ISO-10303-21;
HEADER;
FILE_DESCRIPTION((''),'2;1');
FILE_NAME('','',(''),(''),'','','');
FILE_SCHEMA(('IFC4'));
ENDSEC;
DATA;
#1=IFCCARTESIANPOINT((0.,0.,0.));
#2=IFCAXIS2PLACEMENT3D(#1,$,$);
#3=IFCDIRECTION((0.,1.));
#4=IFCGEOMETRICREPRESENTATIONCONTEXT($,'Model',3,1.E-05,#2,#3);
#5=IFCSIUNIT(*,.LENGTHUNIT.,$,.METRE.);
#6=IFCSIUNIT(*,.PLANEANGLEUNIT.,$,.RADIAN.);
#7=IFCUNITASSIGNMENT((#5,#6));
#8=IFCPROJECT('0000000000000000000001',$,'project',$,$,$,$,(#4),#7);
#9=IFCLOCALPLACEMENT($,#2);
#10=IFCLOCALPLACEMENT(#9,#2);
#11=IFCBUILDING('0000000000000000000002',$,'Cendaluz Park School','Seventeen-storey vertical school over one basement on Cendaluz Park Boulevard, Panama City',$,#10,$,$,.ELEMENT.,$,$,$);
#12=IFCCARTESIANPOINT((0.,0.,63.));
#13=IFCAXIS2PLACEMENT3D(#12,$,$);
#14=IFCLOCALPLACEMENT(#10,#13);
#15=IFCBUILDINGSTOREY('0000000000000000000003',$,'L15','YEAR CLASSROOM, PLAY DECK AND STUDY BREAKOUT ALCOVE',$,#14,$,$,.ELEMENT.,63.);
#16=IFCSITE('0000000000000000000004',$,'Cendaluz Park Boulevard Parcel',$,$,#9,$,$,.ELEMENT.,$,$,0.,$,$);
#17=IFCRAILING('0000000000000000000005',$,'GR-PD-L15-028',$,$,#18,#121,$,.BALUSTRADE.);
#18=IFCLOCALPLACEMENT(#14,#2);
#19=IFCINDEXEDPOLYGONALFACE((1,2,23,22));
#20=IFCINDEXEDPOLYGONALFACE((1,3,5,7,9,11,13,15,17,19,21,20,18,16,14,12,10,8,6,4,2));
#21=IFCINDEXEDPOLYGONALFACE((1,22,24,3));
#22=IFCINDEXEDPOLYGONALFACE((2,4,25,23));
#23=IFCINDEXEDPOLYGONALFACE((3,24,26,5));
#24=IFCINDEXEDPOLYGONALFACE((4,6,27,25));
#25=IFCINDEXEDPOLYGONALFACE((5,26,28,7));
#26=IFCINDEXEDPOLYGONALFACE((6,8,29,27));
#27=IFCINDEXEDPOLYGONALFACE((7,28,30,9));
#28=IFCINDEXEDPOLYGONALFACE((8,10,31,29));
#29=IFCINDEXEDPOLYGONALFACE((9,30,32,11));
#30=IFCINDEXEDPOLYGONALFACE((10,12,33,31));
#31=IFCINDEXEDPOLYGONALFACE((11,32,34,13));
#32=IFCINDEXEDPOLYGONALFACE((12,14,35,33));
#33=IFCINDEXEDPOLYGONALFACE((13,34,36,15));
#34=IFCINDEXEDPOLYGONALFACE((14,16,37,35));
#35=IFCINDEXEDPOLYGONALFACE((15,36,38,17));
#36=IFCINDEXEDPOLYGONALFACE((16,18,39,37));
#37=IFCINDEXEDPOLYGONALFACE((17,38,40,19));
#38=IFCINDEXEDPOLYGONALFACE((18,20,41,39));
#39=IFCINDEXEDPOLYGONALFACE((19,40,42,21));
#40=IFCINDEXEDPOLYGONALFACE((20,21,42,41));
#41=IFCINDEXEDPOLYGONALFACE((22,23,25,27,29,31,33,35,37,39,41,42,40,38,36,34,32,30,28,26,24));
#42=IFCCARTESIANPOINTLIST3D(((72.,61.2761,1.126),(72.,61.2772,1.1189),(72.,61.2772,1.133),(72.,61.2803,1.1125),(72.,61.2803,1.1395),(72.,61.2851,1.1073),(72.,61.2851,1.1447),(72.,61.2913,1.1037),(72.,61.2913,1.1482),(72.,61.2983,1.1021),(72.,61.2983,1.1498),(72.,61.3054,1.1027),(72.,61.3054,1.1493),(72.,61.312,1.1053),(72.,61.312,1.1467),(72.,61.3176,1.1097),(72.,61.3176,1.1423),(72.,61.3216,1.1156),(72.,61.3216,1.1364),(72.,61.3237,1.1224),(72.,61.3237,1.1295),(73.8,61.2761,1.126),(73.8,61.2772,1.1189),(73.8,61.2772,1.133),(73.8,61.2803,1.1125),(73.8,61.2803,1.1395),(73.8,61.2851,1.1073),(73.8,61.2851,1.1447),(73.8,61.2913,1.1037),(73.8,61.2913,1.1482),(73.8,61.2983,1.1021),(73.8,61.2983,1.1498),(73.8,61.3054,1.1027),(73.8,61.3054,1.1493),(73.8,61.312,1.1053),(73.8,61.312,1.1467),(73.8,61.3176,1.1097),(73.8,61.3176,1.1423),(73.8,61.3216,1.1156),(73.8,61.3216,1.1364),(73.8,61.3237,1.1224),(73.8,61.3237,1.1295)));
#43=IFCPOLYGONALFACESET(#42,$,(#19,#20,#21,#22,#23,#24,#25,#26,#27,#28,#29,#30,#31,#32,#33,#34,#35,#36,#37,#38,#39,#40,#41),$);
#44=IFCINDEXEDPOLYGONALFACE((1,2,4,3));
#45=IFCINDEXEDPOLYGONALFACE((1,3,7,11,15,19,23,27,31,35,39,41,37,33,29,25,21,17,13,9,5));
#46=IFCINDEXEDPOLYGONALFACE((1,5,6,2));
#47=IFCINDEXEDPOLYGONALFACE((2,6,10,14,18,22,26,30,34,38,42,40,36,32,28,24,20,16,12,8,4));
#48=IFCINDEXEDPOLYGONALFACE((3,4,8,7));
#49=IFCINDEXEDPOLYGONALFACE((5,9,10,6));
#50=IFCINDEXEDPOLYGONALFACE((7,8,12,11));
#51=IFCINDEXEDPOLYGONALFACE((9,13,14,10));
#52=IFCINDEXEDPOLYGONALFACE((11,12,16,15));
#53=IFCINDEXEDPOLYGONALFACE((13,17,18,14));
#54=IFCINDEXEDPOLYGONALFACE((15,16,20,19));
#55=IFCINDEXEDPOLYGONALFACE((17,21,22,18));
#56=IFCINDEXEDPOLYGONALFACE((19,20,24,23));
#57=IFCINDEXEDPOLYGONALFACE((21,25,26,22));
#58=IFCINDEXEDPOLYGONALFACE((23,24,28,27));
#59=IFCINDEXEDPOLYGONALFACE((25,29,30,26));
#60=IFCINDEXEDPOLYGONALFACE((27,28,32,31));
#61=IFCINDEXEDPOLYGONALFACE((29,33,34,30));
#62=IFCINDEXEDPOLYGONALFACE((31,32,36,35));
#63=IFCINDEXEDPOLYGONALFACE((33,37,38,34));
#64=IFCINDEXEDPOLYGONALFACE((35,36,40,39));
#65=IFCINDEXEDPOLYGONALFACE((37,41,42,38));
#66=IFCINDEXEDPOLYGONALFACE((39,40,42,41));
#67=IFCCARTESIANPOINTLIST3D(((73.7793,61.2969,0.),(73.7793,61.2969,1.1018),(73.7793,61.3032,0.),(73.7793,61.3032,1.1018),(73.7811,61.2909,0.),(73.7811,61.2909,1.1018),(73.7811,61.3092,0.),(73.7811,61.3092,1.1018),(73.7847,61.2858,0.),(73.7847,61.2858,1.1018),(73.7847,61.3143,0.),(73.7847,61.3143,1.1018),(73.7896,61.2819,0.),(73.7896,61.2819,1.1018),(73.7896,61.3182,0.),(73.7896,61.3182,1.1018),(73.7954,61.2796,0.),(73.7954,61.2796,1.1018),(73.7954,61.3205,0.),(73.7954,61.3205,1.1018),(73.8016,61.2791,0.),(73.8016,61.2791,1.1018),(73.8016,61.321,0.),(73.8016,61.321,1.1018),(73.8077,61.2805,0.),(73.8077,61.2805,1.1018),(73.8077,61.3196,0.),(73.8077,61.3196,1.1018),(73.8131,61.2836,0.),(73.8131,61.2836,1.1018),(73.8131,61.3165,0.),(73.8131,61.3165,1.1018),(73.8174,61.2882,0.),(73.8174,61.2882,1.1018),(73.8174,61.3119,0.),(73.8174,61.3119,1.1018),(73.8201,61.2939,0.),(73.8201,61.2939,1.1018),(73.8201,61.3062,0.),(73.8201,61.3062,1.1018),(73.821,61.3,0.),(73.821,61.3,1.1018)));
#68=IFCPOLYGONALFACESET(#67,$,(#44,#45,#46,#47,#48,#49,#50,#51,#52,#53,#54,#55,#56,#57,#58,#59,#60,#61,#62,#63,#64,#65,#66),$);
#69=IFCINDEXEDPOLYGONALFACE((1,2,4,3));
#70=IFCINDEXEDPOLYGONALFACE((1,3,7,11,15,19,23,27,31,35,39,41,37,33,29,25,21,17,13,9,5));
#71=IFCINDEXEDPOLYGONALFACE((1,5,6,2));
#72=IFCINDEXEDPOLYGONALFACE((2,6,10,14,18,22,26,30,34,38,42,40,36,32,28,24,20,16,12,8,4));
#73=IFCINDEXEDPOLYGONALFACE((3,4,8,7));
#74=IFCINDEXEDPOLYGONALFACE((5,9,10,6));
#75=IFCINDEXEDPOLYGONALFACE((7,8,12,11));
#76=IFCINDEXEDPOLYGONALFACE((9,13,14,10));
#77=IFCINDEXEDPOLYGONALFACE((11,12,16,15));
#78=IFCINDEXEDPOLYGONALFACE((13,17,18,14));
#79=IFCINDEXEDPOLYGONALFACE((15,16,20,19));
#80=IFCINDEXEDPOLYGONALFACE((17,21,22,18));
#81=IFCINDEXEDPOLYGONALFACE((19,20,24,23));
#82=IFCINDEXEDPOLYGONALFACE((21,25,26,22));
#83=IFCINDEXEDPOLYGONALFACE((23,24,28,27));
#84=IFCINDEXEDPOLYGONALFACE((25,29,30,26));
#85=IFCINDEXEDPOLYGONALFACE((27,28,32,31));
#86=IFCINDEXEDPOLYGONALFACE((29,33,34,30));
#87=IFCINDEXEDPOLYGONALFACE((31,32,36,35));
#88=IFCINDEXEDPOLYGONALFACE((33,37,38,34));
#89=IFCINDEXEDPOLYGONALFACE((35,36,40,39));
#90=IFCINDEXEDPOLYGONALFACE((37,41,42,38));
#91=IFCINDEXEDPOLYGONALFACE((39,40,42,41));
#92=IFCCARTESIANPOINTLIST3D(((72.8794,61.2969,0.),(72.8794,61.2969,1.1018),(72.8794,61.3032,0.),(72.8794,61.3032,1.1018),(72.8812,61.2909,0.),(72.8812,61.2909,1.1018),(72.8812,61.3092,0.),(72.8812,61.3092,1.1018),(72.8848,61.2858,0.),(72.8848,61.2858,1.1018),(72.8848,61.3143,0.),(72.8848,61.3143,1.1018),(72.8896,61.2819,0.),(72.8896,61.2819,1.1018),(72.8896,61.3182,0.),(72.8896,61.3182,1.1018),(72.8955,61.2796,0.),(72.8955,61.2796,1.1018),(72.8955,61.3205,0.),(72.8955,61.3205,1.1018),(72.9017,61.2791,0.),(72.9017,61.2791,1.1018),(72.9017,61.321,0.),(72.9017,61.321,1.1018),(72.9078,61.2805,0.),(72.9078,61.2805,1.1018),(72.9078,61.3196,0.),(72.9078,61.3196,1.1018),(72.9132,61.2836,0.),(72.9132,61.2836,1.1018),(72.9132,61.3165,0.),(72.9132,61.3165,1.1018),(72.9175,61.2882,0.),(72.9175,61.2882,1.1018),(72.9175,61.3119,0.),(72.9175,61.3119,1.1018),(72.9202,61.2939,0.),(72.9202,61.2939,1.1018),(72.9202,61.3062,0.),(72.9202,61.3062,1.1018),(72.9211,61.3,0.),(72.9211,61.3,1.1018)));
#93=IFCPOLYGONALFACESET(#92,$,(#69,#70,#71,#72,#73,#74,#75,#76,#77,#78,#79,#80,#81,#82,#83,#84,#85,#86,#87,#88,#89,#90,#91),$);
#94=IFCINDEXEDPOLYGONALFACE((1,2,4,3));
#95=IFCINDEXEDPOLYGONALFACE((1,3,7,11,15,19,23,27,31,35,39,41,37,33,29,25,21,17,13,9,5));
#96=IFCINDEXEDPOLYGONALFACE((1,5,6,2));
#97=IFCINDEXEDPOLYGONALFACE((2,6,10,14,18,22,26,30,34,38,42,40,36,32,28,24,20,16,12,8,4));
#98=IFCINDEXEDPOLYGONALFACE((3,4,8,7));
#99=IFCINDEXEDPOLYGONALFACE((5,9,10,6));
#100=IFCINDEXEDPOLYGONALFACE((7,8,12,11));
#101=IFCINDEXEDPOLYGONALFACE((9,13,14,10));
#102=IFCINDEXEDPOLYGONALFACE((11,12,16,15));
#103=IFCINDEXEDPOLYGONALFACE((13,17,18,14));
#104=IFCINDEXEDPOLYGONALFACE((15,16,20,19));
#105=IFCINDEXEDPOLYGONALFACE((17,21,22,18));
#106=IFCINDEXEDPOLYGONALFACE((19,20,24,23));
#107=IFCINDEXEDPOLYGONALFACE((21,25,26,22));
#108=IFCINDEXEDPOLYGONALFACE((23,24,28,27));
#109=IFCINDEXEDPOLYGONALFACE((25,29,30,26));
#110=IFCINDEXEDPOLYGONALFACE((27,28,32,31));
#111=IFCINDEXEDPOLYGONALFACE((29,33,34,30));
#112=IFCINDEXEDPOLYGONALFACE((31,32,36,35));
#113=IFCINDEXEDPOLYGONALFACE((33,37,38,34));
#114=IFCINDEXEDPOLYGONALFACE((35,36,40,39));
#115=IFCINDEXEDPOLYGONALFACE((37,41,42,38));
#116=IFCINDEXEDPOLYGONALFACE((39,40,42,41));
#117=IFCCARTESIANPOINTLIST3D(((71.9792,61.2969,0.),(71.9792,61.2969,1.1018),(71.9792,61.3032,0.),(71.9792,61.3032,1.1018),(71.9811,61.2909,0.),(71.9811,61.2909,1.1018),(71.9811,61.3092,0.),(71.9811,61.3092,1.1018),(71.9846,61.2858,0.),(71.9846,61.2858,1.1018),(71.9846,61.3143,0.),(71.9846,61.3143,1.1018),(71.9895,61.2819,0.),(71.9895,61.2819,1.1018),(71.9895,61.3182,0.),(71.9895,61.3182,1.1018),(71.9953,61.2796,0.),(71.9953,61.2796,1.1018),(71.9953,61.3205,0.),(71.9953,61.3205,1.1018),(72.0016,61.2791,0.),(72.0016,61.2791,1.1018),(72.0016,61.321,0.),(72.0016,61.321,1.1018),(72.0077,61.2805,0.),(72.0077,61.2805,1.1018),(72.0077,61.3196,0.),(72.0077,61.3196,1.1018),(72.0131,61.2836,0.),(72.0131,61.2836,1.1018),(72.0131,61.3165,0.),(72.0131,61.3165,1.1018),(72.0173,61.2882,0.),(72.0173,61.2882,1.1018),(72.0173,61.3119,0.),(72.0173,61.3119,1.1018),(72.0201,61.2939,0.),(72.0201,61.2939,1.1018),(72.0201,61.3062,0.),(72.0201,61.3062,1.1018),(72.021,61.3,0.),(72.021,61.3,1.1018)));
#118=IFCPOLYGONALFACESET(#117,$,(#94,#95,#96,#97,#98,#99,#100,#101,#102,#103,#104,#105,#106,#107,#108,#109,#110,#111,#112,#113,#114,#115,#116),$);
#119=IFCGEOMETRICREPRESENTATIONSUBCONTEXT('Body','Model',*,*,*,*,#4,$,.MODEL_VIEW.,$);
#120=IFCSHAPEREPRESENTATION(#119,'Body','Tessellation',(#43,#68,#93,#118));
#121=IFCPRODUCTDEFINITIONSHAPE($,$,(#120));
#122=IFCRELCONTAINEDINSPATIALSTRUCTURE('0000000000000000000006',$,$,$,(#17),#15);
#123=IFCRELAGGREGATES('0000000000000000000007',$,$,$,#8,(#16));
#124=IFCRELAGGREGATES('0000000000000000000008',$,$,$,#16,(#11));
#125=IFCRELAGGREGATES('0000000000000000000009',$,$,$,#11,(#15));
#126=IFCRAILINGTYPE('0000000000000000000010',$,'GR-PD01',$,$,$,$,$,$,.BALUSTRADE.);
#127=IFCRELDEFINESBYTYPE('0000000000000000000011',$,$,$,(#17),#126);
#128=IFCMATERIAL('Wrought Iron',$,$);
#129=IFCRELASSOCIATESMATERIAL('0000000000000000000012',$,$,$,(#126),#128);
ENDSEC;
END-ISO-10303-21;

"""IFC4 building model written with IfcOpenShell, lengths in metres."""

from ifc_helpers import new_model, si_unit, direction, frame, origin, origin_2d, place, context, subcontext, project, spatial, circle, extrude, material, type_object, element, save


model = new_model("IFC4")

# Units and contexts
model_context = context("Model", 3, precision=1e-05, world=origin(), true_north=direction((0.0, 1.0)))
body_context = subcontext(model_context, "Body", "Model", "MODEL_VIEW")
ifc_project = project(units=[si_unit("LENGTHUNIT", "METRE"), si_unit("PLANEANGLEUNIT", "RADIAN")], contexts=[model_context])

# Site, building, storey
site_placement = place(None, origin())
site = spatial("IfcSite", under=ifc_project, at=site_placement, Name="Cendaluz Park Boulevard Parcel", CompositionType="ELEMENT", RefElevation=0.0)
building_placement = place(site_placement, origin())
building = spatial("IfcBuilding", under=site, at=building_placement, Name="Cendaluz Park School", Description="Seventeen-storey vertical school over one basement on Cendaluz Park Boulevard, Panama City", CompositionType="ELEMENT")
storey_placement = place(building_placement, frame((0.0, 0.0, 63.0)))
storey = spatial("IfcBuildingStorey", under=building, at=storey_placement, Name="L15", Description="YEAR CLASSROOM, PLAY DECK AND STUDY BREAKOUT ALCOVE", CompositionType="ELEMENT", Elevation=63.0)

# Railing
ifc_material_1 = material(Name="Wrought Iron")
railing_type = type_object("IfcRailingType", Name="GR-PD01", PredefinedType="BALUSTRADE", material=ifc_material_1)
railing_1_placement = place(storey_placement, frame((73.8, 61.3, 0.0)))
element("IfcRailing", 1, at=railing_1_placement, inside=storey, type_object=railing_type, Name="GR-PD-L15-028", PredefinedType="BALUSTRADE", context=body_context, shape_type="SweptSolid", body=[
    extrude(circle(Radius=0.0239, at=origin_2d()), frame((0.0, 0.0, 1.126), z_axis=(-1.0, 0.0, 0.0), x_axis=(0.0, -1.0, 0.0)), (0.0, 0.0, 1.0), 1.8),
    extrude(circle(Radius=0.021, at=origin_2d()), origin(), (0.0, 0.0, 1.0), 1.1018),
    extrude(circle(Radius=0.021, at=origin_2d()), frame((-0.8999, 0.0, 0.0)), (0.0, 0.0, 1.0), 1.1018),
    extrude(circle(Radius=0.021, at=origin_2d()), frame((-1.8, 0.0, 0.0)), (0.0, 0.0, 1.0), 1.1018),
])

save(model, "model.ifc")
